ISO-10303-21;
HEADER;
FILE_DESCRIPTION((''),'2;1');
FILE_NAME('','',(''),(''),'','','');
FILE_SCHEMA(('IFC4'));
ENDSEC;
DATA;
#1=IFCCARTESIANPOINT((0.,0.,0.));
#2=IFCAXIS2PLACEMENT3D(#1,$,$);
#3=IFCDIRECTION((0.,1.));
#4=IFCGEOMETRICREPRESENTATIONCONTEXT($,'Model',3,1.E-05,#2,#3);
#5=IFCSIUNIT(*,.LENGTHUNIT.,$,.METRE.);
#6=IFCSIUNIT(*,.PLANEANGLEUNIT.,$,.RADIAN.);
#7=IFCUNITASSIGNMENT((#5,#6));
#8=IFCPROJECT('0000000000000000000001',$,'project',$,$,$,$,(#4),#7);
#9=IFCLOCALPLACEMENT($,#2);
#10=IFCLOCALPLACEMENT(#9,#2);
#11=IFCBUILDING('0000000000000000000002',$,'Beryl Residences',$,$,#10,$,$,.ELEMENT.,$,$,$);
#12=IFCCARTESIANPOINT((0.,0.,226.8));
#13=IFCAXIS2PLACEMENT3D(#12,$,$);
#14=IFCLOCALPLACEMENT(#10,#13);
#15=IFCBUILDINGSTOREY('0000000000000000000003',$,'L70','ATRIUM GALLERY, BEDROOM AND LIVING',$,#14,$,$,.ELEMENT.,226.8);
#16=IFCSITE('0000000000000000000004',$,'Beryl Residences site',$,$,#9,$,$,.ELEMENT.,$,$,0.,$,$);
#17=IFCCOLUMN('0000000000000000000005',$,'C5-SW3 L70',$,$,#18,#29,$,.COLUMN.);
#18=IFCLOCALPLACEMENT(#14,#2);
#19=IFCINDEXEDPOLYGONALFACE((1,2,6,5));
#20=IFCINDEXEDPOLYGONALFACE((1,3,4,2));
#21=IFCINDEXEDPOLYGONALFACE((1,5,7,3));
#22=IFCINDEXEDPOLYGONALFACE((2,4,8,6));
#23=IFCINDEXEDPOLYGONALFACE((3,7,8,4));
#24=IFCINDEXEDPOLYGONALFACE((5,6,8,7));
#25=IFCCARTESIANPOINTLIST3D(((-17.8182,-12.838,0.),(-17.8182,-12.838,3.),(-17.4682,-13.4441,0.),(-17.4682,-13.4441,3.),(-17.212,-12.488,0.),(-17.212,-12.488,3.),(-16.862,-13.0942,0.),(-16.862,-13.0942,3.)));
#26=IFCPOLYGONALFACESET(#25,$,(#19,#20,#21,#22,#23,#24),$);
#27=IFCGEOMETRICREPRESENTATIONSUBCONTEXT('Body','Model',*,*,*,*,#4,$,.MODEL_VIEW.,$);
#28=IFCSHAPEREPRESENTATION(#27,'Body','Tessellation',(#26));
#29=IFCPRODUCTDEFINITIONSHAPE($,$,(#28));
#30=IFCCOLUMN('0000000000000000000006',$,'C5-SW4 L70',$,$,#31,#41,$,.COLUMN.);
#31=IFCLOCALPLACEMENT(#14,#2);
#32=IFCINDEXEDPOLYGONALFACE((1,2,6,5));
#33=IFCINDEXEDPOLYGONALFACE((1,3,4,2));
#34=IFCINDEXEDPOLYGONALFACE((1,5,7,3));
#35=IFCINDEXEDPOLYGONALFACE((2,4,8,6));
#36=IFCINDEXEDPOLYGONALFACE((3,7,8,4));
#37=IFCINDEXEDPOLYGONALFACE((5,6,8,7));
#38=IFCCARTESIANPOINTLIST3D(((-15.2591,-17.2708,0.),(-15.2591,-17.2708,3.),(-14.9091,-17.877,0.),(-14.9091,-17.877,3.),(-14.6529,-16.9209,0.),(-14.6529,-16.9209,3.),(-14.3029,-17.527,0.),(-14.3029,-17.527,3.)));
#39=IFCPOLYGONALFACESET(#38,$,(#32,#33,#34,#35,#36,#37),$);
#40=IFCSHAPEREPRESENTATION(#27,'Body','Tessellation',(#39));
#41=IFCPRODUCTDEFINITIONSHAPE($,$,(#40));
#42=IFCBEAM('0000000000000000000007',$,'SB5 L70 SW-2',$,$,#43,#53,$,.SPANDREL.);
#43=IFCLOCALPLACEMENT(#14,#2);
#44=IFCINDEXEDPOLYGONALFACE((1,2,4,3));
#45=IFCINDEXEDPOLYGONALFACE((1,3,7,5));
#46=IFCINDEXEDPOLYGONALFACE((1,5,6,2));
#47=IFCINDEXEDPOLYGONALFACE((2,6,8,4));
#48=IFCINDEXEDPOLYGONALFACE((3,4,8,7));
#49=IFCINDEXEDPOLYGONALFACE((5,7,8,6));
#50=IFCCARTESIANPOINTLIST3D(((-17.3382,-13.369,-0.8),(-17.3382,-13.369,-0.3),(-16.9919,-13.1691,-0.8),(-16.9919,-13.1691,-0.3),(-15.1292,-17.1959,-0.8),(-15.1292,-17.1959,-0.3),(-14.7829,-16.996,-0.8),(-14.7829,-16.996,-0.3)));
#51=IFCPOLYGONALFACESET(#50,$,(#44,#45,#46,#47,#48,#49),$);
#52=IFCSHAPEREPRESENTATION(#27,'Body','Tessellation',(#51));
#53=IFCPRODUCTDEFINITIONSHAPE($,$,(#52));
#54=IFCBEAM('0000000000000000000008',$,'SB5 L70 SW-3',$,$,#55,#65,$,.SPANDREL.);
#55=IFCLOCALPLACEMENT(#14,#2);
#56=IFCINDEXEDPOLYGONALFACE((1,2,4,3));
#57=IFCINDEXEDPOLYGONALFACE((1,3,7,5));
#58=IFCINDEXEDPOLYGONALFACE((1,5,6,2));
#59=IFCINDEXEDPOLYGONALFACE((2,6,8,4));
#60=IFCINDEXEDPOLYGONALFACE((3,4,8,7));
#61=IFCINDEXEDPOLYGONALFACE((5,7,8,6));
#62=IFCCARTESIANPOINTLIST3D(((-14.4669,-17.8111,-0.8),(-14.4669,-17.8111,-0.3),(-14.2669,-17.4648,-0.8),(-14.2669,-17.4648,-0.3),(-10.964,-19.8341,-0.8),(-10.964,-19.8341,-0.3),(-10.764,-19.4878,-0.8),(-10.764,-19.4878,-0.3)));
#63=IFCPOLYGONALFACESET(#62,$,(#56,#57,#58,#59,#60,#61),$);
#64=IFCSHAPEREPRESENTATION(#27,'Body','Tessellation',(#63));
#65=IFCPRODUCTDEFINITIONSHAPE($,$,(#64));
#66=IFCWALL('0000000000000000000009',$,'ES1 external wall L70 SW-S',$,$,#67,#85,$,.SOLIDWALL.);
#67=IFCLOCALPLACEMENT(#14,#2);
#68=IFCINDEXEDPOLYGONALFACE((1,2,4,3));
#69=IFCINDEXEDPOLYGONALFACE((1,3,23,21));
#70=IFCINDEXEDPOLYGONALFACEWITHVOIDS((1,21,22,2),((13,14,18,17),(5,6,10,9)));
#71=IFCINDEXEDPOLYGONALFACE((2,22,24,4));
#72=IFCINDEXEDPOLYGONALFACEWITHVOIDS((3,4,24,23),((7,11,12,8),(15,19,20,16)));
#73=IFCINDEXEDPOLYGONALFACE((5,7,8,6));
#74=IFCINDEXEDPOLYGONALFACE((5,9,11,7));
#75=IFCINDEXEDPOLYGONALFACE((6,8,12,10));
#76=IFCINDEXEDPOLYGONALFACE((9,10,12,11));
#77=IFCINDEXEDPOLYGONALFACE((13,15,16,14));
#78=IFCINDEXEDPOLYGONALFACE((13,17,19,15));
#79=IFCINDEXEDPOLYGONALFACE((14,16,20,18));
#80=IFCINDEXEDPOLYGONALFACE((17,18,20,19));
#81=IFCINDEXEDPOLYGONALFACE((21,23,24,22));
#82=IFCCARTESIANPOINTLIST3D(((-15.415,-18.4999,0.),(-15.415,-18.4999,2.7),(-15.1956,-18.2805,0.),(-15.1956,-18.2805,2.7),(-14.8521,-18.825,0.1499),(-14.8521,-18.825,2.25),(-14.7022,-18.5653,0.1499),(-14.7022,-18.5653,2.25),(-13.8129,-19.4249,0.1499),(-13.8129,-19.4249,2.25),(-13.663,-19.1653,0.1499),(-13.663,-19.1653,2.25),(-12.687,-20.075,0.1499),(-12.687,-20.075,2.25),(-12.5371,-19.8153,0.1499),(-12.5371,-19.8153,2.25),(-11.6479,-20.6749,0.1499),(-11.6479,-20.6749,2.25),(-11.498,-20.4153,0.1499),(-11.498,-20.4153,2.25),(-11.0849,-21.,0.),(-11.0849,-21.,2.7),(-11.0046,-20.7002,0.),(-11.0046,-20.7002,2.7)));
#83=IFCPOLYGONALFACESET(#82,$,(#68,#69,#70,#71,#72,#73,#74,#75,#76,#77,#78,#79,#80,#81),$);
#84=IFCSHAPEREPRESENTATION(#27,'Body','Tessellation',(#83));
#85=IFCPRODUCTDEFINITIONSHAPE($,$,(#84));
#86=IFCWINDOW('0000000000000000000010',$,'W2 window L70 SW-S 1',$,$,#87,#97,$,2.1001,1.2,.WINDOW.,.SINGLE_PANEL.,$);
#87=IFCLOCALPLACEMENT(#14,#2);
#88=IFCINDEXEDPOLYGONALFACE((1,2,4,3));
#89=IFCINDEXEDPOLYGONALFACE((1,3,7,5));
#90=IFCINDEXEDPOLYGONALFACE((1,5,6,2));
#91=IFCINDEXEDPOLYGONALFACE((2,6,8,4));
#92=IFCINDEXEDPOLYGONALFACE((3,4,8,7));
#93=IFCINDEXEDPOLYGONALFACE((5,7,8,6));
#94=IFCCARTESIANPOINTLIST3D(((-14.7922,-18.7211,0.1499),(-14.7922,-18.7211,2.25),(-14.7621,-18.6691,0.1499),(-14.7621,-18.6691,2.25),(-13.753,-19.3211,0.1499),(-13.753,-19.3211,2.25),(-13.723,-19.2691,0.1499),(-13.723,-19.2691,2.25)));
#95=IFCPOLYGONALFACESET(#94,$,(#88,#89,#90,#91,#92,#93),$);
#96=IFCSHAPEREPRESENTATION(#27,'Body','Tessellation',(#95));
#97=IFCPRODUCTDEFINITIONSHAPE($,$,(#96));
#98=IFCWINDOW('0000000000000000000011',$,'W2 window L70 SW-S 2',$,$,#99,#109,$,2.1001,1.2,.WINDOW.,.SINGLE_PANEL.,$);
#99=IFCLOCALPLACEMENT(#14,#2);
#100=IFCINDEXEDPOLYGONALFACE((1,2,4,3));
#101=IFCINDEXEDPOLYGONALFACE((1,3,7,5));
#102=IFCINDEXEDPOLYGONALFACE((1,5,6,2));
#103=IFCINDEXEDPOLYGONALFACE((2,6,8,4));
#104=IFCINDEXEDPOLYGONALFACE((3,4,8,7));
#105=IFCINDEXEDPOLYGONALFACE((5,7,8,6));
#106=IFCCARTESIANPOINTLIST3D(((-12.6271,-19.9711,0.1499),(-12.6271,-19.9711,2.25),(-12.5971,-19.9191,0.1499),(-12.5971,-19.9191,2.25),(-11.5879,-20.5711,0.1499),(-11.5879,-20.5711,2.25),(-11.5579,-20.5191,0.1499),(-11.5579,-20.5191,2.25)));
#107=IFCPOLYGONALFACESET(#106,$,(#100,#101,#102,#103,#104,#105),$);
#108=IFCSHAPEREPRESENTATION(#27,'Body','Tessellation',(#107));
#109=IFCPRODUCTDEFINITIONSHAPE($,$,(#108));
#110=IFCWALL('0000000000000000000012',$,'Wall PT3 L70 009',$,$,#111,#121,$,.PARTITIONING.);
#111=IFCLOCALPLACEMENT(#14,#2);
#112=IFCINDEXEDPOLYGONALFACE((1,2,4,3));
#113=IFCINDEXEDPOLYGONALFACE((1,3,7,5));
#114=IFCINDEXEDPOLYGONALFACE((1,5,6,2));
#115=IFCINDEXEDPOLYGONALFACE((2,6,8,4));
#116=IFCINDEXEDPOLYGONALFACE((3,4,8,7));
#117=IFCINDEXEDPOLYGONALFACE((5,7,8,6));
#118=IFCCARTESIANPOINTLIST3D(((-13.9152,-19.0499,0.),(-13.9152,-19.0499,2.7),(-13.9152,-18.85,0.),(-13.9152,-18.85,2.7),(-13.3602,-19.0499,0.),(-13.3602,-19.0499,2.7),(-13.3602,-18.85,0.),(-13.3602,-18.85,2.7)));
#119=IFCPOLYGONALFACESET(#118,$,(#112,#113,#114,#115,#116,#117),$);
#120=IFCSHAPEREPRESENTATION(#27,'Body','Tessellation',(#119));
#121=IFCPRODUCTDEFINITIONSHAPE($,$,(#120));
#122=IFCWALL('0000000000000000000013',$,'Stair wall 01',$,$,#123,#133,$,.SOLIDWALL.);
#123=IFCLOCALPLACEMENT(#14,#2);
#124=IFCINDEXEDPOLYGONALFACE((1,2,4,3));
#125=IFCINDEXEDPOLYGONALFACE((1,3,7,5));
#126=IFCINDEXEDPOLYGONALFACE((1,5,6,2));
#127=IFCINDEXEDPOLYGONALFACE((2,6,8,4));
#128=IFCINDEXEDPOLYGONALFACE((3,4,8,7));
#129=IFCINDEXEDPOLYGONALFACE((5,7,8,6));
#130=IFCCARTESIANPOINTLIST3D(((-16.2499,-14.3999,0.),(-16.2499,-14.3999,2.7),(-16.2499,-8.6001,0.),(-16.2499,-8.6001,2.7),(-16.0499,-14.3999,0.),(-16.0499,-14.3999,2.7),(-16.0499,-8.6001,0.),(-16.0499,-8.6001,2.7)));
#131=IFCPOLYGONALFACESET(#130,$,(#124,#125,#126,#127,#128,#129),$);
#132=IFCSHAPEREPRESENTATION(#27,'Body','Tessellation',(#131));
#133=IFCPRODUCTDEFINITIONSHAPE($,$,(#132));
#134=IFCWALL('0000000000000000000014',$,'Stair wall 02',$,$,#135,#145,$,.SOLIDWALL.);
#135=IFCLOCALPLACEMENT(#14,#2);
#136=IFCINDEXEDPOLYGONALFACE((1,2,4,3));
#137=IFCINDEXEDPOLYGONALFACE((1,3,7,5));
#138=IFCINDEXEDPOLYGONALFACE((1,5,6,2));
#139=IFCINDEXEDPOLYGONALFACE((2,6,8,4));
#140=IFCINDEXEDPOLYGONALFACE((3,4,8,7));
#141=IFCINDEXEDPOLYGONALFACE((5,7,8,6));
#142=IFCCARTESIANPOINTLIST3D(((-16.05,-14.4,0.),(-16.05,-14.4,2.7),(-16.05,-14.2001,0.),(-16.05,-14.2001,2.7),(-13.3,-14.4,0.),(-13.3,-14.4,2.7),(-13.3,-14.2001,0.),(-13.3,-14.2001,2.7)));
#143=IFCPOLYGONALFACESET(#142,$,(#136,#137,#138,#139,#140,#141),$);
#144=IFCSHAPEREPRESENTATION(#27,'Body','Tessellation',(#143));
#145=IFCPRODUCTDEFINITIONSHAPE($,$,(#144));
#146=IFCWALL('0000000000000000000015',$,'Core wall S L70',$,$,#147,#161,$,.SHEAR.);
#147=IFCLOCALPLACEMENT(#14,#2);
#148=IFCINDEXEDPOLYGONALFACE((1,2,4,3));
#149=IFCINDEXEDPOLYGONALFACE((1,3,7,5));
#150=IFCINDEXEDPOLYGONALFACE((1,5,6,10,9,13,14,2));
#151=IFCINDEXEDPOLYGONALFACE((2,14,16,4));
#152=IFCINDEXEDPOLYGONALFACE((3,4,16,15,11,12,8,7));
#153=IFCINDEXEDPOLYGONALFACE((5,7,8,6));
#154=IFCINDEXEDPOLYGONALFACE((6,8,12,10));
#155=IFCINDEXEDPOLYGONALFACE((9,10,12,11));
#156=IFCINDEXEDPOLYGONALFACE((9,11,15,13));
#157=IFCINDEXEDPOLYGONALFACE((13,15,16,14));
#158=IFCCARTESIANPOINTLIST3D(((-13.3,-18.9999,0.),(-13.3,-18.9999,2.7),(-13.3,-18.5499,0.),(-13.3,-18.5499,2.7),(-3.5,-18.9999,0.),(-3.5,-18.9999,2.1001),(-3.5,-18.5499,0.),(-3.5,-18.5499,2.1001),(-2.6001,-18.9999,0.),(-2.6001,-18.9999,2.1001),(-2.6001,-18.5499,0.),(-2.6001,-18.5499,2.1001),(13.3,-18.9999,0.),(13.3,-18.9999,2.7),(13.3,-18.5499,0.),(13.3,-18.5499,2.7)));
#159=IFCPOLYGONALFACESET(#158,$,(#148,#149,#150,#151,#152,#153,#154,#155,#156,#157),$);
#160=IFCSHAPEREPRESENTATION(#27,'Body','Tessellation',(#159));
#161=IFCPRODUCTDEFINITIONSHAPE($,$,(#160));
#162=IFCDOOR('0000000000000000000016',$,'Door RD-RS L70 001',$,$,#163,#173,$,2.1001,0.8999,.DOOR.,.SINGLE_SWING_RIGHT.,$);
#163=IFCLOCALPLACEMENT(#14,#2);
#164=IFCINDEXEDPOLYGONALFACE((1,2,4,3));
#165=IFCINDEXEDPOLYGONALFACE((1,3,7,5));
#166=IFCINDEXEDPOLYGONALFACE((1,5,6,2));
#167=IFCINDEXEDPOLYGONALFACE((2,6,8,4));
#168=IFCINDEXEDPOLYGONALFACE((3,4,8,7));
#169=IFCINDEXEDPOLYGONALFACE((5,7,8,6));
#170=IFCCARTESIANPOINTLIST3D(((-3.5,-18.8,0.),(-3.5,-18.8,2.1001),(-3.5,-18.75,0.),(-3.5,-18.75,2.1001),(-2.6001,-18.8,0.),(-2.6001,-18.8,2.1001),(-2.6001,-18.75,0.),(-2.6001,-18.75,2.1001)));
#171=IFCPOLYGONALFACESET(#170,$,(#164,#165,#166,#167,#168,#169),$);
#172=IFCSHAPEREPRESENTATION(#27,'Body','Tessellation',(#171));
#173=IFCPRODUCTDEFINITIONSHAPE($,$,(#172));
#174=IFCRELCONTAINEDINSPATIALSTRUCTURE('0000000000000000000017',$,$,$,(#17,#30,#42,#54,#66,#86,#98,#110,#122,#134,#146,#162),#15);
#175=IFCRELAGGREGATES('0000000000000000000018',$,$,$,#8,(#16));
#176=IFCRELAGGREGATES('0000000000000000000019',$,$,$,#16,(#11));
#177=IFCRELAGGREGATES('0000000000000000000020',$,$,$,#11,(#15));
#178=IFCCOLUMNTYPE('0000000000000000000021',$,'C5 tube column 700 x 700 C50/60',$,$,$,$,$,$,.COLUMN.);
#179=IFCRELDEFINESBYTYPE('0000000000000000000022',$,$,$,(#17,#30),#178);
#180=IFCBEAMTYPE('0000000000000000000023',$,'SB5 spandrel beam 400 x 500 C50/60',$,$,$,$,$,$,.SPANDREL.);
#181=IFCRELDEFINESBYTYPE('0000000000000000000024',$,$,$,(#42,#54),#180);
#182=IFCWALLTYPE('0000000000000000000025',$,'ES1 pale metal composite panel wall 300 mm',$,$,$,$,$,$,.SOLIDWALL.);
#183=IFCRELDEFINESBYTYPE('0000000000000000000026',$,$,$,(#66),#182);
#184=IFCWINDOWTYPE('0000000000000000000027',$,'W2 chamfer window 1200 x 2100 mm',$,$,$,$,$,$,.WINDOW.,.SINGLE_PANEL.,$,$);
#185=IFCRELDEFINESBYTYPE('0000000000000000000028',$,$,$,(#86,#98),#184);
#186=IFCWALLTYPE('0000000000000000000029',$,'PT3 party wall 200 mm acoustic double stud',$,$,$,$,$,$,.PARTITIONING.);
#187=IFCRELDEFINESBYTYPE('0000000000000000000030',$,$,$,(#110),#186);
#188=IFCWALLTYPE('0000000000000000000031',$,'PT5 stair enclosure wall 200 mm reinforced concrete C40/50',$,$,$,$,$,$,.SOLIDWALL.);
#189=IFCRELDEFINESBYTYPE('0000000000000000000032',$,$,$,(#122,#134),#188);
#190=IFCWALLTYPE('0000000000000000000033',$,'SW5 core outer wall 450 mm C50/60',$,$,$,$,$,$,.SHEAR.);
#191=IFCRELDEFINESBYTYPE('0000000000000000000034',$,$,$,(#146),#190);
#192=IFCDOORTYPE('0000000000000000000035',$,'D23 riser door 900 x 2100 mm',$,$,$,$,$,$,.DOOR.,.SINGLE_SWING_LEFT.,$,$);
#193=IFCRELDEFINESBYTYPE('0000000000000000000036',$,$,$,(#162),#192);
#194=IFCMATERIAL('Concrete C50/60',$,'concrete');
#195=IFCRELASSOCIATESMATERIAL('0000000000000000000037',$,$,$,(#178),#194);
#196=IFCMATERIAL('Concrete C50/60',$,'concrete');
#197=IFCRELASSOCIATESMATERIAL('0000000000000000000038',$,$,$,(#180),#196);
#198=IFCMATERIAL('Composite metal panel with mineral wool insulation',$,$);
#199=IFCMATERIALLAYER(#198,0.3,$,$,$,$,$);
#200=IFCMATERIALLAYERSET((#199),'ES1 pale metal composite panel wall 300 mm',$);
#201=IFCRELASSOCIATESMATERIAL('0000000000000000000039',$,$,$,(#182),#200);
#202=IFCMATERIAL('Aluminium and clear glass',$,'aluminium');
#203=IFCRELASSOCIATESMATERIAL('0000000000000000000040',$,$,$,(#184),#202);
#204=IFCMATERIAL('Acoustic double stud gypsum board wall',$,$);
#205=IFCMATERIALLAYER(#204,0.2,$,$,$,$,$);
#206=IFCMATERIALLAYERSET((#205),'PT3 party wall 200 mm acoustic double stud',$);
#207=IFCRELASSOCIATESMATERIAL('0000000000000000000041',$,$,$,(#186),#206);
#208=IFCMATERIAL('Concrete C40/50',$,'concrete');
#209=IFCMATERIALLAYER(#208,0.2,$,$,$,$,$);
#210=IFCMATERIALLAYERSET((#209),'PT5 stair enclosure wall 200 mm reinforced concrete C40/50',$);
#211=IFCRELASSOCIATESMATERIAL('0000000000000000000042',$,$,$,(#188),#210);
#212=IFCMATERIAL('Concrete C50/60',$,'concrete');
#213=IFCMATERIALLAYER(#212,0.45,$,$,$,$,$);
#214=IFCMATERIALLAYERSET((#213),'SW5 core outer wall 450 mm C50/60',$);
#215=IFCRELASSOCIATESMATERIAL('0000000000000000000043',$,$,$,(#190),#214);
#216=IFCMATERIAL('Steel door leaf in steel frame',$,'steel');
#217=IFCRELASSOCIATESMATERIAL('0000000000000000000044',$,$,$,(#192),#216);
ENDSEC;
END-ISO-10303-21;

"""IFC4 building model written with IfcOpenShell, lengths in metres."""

from ifc_helpers import new_model, si_unit, direction, frame, frame_2d, origin, origin_2d, place, context, subcontext, project, spatial, polyline, rectangle, outline, extrude, material, layer, layer_set, material_profile, profile_set, type_object, element, fill, save


model = new_model("IFC4")

# Units and contexts
model_context = context("Model", 3, precision=1e-05, world=origin(), true_north=direction((0.0, 1.0)))
body_context = subcontext(model_context, "Body", "Model", "MODEL_VIEW")
ifc_project = project(units=[si_unit("LENGTHUNIT", "METRE"), si_unit("PLANEANGLEUNIT", "RADIAN")], contexts=[model_context])

# Site, building, storey
site_placement = place(None, origin())
site = spatial("IfcSite", under=ifc_project, at=site_placement, Name="Beryl Residences site", CompositionType="ELEMENT", RefElevation=0.0)
building_placement = place(site_placement, origin())
building = spatial("IfcBuilding", under=site, at=building_placement, Name="Beryl Residences", CompositionType="ELEMENT")
storey_placement = place(building_placement, frame((0.0, 0.0, 226.8)))
storey = spatial("IfcBuildingStorey", under=building, at=storey_placement, Name="L70", Description="ATRIUM GALLERY, BEDROOM AND LIVING", CompositionType="ELEMENT", Elevation=226.8)

# Columns
ifc_material_1 = material(Name="Concrete C50/60", Category="concrete")
ifc_material_profile_1 = material_profile(ifc_material_1, rectangle(XDim=0.7, YDim=0.7, at=origin_2d()))
ifc_profile_set_1 = profile_set([ifc_material_profile_1], Name="Concrete C50/60")
column_type = type_object("IfcColumnType", Name="C5 tube column 700 x 700 C50/60", PredefinedType="COLUMN", material=ifc_profile_set_1)
for number, where, z_axis, x_axis, name in (
    (1, (-17.3401, -12.9661, 0.0), (0.0, 0.0, 1.0), (0.499985, -0.866034, 0.0), "C5-SW3 L70"),
    (2, (-14.781, -17.3989, 0.0), (0.0, 0.0, 1.0), (0.499985, -0.866034, 0.0), "C5-SW4 L70"),
):
    element("IfcColumn", number, at=place(storey_placement, frame(where, z_axis=z_axis, x_axis=x_axis)), inside=storey, type_object=column_type, Name=name, PredefinedType="COLUMN", context=body_context, shape_type="SweptSolid", body=[
        extrude(rectangle(XDim=0.7, YDim=0.7, at=origin_2d()), origin(), (0.0, 0.0, 1.0), 3.0),
    ])

# Beams
ifc_material_2 = material(Name="Concrete C50/60", Category="concrete")
ifc_material_profile_2 = material_profile(ifc_material_2, rectangle(XDim=0.3999, YDim=0.5, at=origin_2d()))
ifc_profile_set_2 = profile_set([ifc_material_profile_2], Name="Concrete C50/60")
beam_type = type_object("IfcBeamType", Name="SB5 spandrel beam 400 x 500 C50/60", PredefinedType="SPANDREL", material=ifc_profile_set_2)
beam_1_placement = place(storey_placement, frame((-17.165, -13.269, -0.55), z_axis=(0.499919, -0.866072, 0.0), x_axis=(0.866072, 0.499919, 0.0)))
element("IfcBeam", 3, at=beam_1_placement, inside=storey, type_object=beam_type, Name="SB5 L70 SW-2", PredefinedType="SPANDREL", context=body_context, shape_type="SweptSolid", body=[
    extrude(rectangle(XDim=0.3999, YDim=0.5, at=origin_2d()), origin(), (0.0, 0.0, 1.0), 4.4187),
])
beam_2_placement = place(storey_placement, frame((-14.3669, -17.6379, -0.55), z_axis=(0.865968, -0.500099, 0.0), x_axis=(0.500099, 0.865968, 0.0)))
element("IfcBeam", 4, at=beam_2_placement, inside=storey, type_object=beam_type, Name="SB5 L70 SW-3", PredefinedType="SPANDREL", context=body_context, shape_type="SweptSolid", body=[
    extrude(rectangle(XDim=0.3999, YDim=0.5, at=origin_2d()), origin(), (0.0, 0.0, 1.0), 4.0452),
])

# Wall, openings, windows
ifc_material_3 = material(Name="Composite metal panel with mineral wool insulation")
ifc_layer_1 = layer(ifc_material_3, 0.3)
ifc_layer_set_1 = layer_set([ifc_layer_1], Name="ES1 pale metal composite panel wall 300 mm")
wall_type_1 = type_object("IfcWallType", Name="ES1 pale metal composite panel wall 300 mm", PredefinedType="SOLIDWALL", material=ifc_layer_set_1)
wall_1_placement = place(storey_placement, frame((-15.3401, -18.3701, 0.0), z_axis=(0.0, 0.0, 1.0), x_axis=(0.866023, -0.500004, 0.0)))
wall_1 = element("IfcWall", 5, at=wall_1_placement, inside=storey, type_object=wall_type_1, Name="ES1 external wall L70 SW-S", PredefinedType="SOLIDWALL", context=body_context, shape_type="SweptSolid", body=[
    extrude(outline(polyline([(0.0, -0.1499), (5.0, -0.1499), (4.9197, 0.1499), (0.0803, 0.1499), (0.0, -0.1499)])), origin(), (0.0, 0.0, 1.0), 2.7),
])
opening_1_placement = place(wall_1_placement, frame((0.6499, 0.0, 0.1499)))
opening_1 = element("IfcOpeningElement", 6, at=opening_1_placement, cuts=wall_1, PredefinedType="OPENING", context=body_context, shape_type="SweptSolid", body=[
    extrude(rectangle(XDim=1.2, YDim=2.1001, at=frame_2d((0.6001, 1.05))), frame((0.0, 0.1599, 0.0), z_axis=(0.0, -1.0, 0.0), x_axis=(1.0, 0.0, 0.0)), (0.0, 0.0, 1.0), 0.3201),
])
opening_2_placement = place(wall_1_placement, frame((3.1499, 0.0, 0.1499)))
opening_2 = element("IfcOpeningElement", 7, at=opening_2_placement, cuts=wall_1, PredefinedType="OPENING", context=body_context, shape_type="SweptSolid", body=[
    extrude(rectangle(XDim=1.2, YDim=2.1001, at=frame_2d((0.6001, 1.05))), frame((0.0, 0.1599, 0.0), z_axis=(0.0, -1.0, 0.0), x_axis=(1.0, 0.0, 0.0)), (0.0, 0.0, 1.0), 0.3201),
])
ifc_material_4 = material(Name="Aluminium and clear glass", Category="aluminium")
window_type = type_object("IfcWindowType", Name="W2 chamfer window 1200 x 2100 mm", PartitioningType="SINGLE_PANEL", PredefinedType="WINDOW", material=ifc_material_4)
window_1_placement = place(opening_1_placement, origin())
window_1 = element("IfcWindow", 8, at=window_1_placement, inside=storey, type_object=window_type, Name="W2 window L70 SW-S 1", OverallHeight=2.1001, OverallWidth=1.2, PartitioningType="SINGLE_PANEL", PredefinedType="WINDOW", context=body_context, shape_type="SweptSolid", body=[
    extrude(rectangle(XDim=1.2, YDim=2.1001, at=frame_2d((0.6001, 1.05))), frame((0.0, 0.03, 0.0), z_axis=(0.0, -1.0, 0.0), x_axis=(1.0, 0.0, 0.0)), (0.0, 0.0, 1.0), 0.0601),
])
fill(opening_1, window_1)
window_2_placement = place(opening_2_placement, origin())
window_2 = element("IfcWindow", 9, at=window_2_placement, inside=storey, type_object=window_type, Name="W2 window L70 SW-S 2", OverallHeight=2.1001, OverallWidth=1.2, PartitioningType="SINGLE_PANEL", PredefinedType="WINDOW", context=body_context, shape_type="SweptSolid", body=[
    extrude(rectangle(XDim=1.2, YDim=2.1001, at=frame_2d((0.6001, 1.05))), frame((0.0, 0.03, 0.0), z_axis=(0.0, -1.0, 0.0), x_axis=(1.0, 0.0, 0.0)), (0.0, 0.0, 1.0), 0.0601),
])
fill(opening_2, window_2)

# Walls
ifc_material_5 = material(Name="Acoustic double stud gypsum board wall")
ifc_layer_2 = layer(ifc_material_5, 0.2)
ifc_layer_set_2 = layer_set([ifc_layer_2], Name="PT3 party wall 200 mm acoustic double stud")
wall_type_2 = type_object("IfcWallType", Name="PT3 party wall 200 mm acoustic double stud", PredefinedType="PARTITIONING", material=ifc_layer_set_2)
wall_2_placement = place(storey_placement, frame((-13.915, -18.95, 0.0), z_axis=(0.0, 0.0, 1.0), x_axis=(1.0, 0.0, 0.0)))
element("IfcWall", 10, at=wall_2_placement, inside=storey, type_object=wall_type_2, Name="Wall PT3 L70 009", PredefinedType="PARTITIONING", context=body_context, shape_type="SweptSolid", body=[
    extrude(rectangle(XDim=0.5549, YDim=0.2, at=frame_2d((0.2773, 0.0))), origin(), (0.0, 0.0, 1.0), 2.7),
])
ifc_material_6 = material(Name="Concrete C40/50", Category="concrete")
ifc_layer_3 = layer(ifc_material_6, 0.2)
ifc_layer_set_3 = layer_set([ifc_layer_3], Name="PT5 stair enclosure wall 200 mm reinforced concrete C40/50")
wall_type_3 = type_object("IfcWallType", Name="PT5 stair enclosure wall 200 mm reinforced concrete C40/50", PredefinedType="SOLIDWALL", material=ifc_layer_set_3)
wall_3_placement = place(storey_placement, frame((-16.1499, -14.3999, 0.0), z_axis=(0.0, 0.0, 1.0), x_axis=(0.0, 1.0, 0.0)))
element("IfcWall", 11, at=wall_3_placement, inside=storey, type_object=wall_type_3, Name="Stair wall 01", PredefinedType="SOLIDWALL", context=body_context, shape_type="SweptSolid", body=[
    extrude(rectangle(XDim=5.7998, YDim=0.2, at=frame_2d((2.8999, 0.0))), origin(), (0.0, 0.0, 1.0), 2.7),
])
wall_4_placement = place(storey_placement, frame((-16.05, -14.3, 0.0), z_axis=(0.0, 0.0, 1.0), x_axis=(1.0, 0.0, 0.0)))
element("IfcWall", 12, at=wall_4_placement, inside=storey, type_object=wall_type_3, Name="Stair wall 02", PredefinedType="SOLIDWALL", context=body_context, shape_type="SweptSolid", body=[
    extrude(rectangle(XDim=2.75, YDim=0.2, at=frame_2d((1.375, 0.0))), origin(), (0.0, 0.0, 1.0), 2.7),
])

# Wall, opening, door
ifc_material_7 = material(Name="Concrete C50/60", Category="concrete")
ifc_layer_4 = layer(ifc_material_7, 0.45)
ifc_layer_set_4 = layer_set([ifc_layer_4], Name="SW5 core outer wall 450 mm C50/60")
wall_type_4 = type_object("IfcWallType", Name="SW5 core outer wall 450 mm C50/60", PredefinedType="SHEAR", material=ifc_layer_set_4)
wall_5_placement = place(storey_placement, frame((-13.3, -18.7749, 0.0), z_axis=(0.0, 0.0, 1.0), x_axis=(1.0, 0.0, 0.0)))
wall_5 = element("IfcWall", 13, at=wall_5_placement, inside=storey, type_object=wall_type_4, Name="Core wall S L70", PredefinedType="SHEAR", context=body_context, shape_type="SweptSolid", body=[
    extrude(rectangle(XDim=26.6001, YDim=0.45, at=frame_2d((13.3, 0.0))), origin(), (0.0, 0.0, 1.0), 2.7),
])
opening_3_placement = place(wall_5_placement, frame((9.8, 0.0, 0.0)))
opening_3 = element("IfcOpeningElement", 14, at=opening_3_placement, cuts=wall_5, PredefinedType="OPENING", context=body_context, shape_type="SweptSolid", body=[
    extrude(rectangle(XDim=0.8999, YDim=2.1001, at=frame_2d((0.45, 1.05))), frame((0.0, 0.2349, 0.0), z_axis=(0.0, -1.0, 0.0), x_axis=(1.0, 0.0, 0.0)), (0.0, 0.0, 1.0), 0.47),
])
ifc_material_8 = material(Name="Steel door leaf in steel frame", Category="steel")
door_type_1 = type_object("IfcDoorType", Name="D23 riser door 900 x 2100 mm", OperationType="SINGLE_SWING_LEFT", PredefinedType="DOOR", material=ifc_material_8)
door_1_placement = place(opening_3_placement, origin())
door_1 = element("IfcDoor", 15, at=door_1_placement, inside=storey, type_object=door_type_1, Name="Door RD-RS L70 001", OperationType="SINGLE_SWING_RIGHT", OverallHeight=2.1001, OverallWidth=0.8999, PredefinedType="DOOR", context=body_context, shape_type="SweptSolid", body=[
    extrude(rectangle(XDim=0.8999, YDim=2.1001, at=frame_2d((0.45, 1.05))), frame((0.0, 0.0249, 0.0), z_axis=(0.0, -1.0, 0.0), x_axis=(1.0, 0.0, 0.0)), (0.0, 0.0, 1.0), 0.05),
])
fill(opening_3, door_1)

save(model, "model.ifc")
